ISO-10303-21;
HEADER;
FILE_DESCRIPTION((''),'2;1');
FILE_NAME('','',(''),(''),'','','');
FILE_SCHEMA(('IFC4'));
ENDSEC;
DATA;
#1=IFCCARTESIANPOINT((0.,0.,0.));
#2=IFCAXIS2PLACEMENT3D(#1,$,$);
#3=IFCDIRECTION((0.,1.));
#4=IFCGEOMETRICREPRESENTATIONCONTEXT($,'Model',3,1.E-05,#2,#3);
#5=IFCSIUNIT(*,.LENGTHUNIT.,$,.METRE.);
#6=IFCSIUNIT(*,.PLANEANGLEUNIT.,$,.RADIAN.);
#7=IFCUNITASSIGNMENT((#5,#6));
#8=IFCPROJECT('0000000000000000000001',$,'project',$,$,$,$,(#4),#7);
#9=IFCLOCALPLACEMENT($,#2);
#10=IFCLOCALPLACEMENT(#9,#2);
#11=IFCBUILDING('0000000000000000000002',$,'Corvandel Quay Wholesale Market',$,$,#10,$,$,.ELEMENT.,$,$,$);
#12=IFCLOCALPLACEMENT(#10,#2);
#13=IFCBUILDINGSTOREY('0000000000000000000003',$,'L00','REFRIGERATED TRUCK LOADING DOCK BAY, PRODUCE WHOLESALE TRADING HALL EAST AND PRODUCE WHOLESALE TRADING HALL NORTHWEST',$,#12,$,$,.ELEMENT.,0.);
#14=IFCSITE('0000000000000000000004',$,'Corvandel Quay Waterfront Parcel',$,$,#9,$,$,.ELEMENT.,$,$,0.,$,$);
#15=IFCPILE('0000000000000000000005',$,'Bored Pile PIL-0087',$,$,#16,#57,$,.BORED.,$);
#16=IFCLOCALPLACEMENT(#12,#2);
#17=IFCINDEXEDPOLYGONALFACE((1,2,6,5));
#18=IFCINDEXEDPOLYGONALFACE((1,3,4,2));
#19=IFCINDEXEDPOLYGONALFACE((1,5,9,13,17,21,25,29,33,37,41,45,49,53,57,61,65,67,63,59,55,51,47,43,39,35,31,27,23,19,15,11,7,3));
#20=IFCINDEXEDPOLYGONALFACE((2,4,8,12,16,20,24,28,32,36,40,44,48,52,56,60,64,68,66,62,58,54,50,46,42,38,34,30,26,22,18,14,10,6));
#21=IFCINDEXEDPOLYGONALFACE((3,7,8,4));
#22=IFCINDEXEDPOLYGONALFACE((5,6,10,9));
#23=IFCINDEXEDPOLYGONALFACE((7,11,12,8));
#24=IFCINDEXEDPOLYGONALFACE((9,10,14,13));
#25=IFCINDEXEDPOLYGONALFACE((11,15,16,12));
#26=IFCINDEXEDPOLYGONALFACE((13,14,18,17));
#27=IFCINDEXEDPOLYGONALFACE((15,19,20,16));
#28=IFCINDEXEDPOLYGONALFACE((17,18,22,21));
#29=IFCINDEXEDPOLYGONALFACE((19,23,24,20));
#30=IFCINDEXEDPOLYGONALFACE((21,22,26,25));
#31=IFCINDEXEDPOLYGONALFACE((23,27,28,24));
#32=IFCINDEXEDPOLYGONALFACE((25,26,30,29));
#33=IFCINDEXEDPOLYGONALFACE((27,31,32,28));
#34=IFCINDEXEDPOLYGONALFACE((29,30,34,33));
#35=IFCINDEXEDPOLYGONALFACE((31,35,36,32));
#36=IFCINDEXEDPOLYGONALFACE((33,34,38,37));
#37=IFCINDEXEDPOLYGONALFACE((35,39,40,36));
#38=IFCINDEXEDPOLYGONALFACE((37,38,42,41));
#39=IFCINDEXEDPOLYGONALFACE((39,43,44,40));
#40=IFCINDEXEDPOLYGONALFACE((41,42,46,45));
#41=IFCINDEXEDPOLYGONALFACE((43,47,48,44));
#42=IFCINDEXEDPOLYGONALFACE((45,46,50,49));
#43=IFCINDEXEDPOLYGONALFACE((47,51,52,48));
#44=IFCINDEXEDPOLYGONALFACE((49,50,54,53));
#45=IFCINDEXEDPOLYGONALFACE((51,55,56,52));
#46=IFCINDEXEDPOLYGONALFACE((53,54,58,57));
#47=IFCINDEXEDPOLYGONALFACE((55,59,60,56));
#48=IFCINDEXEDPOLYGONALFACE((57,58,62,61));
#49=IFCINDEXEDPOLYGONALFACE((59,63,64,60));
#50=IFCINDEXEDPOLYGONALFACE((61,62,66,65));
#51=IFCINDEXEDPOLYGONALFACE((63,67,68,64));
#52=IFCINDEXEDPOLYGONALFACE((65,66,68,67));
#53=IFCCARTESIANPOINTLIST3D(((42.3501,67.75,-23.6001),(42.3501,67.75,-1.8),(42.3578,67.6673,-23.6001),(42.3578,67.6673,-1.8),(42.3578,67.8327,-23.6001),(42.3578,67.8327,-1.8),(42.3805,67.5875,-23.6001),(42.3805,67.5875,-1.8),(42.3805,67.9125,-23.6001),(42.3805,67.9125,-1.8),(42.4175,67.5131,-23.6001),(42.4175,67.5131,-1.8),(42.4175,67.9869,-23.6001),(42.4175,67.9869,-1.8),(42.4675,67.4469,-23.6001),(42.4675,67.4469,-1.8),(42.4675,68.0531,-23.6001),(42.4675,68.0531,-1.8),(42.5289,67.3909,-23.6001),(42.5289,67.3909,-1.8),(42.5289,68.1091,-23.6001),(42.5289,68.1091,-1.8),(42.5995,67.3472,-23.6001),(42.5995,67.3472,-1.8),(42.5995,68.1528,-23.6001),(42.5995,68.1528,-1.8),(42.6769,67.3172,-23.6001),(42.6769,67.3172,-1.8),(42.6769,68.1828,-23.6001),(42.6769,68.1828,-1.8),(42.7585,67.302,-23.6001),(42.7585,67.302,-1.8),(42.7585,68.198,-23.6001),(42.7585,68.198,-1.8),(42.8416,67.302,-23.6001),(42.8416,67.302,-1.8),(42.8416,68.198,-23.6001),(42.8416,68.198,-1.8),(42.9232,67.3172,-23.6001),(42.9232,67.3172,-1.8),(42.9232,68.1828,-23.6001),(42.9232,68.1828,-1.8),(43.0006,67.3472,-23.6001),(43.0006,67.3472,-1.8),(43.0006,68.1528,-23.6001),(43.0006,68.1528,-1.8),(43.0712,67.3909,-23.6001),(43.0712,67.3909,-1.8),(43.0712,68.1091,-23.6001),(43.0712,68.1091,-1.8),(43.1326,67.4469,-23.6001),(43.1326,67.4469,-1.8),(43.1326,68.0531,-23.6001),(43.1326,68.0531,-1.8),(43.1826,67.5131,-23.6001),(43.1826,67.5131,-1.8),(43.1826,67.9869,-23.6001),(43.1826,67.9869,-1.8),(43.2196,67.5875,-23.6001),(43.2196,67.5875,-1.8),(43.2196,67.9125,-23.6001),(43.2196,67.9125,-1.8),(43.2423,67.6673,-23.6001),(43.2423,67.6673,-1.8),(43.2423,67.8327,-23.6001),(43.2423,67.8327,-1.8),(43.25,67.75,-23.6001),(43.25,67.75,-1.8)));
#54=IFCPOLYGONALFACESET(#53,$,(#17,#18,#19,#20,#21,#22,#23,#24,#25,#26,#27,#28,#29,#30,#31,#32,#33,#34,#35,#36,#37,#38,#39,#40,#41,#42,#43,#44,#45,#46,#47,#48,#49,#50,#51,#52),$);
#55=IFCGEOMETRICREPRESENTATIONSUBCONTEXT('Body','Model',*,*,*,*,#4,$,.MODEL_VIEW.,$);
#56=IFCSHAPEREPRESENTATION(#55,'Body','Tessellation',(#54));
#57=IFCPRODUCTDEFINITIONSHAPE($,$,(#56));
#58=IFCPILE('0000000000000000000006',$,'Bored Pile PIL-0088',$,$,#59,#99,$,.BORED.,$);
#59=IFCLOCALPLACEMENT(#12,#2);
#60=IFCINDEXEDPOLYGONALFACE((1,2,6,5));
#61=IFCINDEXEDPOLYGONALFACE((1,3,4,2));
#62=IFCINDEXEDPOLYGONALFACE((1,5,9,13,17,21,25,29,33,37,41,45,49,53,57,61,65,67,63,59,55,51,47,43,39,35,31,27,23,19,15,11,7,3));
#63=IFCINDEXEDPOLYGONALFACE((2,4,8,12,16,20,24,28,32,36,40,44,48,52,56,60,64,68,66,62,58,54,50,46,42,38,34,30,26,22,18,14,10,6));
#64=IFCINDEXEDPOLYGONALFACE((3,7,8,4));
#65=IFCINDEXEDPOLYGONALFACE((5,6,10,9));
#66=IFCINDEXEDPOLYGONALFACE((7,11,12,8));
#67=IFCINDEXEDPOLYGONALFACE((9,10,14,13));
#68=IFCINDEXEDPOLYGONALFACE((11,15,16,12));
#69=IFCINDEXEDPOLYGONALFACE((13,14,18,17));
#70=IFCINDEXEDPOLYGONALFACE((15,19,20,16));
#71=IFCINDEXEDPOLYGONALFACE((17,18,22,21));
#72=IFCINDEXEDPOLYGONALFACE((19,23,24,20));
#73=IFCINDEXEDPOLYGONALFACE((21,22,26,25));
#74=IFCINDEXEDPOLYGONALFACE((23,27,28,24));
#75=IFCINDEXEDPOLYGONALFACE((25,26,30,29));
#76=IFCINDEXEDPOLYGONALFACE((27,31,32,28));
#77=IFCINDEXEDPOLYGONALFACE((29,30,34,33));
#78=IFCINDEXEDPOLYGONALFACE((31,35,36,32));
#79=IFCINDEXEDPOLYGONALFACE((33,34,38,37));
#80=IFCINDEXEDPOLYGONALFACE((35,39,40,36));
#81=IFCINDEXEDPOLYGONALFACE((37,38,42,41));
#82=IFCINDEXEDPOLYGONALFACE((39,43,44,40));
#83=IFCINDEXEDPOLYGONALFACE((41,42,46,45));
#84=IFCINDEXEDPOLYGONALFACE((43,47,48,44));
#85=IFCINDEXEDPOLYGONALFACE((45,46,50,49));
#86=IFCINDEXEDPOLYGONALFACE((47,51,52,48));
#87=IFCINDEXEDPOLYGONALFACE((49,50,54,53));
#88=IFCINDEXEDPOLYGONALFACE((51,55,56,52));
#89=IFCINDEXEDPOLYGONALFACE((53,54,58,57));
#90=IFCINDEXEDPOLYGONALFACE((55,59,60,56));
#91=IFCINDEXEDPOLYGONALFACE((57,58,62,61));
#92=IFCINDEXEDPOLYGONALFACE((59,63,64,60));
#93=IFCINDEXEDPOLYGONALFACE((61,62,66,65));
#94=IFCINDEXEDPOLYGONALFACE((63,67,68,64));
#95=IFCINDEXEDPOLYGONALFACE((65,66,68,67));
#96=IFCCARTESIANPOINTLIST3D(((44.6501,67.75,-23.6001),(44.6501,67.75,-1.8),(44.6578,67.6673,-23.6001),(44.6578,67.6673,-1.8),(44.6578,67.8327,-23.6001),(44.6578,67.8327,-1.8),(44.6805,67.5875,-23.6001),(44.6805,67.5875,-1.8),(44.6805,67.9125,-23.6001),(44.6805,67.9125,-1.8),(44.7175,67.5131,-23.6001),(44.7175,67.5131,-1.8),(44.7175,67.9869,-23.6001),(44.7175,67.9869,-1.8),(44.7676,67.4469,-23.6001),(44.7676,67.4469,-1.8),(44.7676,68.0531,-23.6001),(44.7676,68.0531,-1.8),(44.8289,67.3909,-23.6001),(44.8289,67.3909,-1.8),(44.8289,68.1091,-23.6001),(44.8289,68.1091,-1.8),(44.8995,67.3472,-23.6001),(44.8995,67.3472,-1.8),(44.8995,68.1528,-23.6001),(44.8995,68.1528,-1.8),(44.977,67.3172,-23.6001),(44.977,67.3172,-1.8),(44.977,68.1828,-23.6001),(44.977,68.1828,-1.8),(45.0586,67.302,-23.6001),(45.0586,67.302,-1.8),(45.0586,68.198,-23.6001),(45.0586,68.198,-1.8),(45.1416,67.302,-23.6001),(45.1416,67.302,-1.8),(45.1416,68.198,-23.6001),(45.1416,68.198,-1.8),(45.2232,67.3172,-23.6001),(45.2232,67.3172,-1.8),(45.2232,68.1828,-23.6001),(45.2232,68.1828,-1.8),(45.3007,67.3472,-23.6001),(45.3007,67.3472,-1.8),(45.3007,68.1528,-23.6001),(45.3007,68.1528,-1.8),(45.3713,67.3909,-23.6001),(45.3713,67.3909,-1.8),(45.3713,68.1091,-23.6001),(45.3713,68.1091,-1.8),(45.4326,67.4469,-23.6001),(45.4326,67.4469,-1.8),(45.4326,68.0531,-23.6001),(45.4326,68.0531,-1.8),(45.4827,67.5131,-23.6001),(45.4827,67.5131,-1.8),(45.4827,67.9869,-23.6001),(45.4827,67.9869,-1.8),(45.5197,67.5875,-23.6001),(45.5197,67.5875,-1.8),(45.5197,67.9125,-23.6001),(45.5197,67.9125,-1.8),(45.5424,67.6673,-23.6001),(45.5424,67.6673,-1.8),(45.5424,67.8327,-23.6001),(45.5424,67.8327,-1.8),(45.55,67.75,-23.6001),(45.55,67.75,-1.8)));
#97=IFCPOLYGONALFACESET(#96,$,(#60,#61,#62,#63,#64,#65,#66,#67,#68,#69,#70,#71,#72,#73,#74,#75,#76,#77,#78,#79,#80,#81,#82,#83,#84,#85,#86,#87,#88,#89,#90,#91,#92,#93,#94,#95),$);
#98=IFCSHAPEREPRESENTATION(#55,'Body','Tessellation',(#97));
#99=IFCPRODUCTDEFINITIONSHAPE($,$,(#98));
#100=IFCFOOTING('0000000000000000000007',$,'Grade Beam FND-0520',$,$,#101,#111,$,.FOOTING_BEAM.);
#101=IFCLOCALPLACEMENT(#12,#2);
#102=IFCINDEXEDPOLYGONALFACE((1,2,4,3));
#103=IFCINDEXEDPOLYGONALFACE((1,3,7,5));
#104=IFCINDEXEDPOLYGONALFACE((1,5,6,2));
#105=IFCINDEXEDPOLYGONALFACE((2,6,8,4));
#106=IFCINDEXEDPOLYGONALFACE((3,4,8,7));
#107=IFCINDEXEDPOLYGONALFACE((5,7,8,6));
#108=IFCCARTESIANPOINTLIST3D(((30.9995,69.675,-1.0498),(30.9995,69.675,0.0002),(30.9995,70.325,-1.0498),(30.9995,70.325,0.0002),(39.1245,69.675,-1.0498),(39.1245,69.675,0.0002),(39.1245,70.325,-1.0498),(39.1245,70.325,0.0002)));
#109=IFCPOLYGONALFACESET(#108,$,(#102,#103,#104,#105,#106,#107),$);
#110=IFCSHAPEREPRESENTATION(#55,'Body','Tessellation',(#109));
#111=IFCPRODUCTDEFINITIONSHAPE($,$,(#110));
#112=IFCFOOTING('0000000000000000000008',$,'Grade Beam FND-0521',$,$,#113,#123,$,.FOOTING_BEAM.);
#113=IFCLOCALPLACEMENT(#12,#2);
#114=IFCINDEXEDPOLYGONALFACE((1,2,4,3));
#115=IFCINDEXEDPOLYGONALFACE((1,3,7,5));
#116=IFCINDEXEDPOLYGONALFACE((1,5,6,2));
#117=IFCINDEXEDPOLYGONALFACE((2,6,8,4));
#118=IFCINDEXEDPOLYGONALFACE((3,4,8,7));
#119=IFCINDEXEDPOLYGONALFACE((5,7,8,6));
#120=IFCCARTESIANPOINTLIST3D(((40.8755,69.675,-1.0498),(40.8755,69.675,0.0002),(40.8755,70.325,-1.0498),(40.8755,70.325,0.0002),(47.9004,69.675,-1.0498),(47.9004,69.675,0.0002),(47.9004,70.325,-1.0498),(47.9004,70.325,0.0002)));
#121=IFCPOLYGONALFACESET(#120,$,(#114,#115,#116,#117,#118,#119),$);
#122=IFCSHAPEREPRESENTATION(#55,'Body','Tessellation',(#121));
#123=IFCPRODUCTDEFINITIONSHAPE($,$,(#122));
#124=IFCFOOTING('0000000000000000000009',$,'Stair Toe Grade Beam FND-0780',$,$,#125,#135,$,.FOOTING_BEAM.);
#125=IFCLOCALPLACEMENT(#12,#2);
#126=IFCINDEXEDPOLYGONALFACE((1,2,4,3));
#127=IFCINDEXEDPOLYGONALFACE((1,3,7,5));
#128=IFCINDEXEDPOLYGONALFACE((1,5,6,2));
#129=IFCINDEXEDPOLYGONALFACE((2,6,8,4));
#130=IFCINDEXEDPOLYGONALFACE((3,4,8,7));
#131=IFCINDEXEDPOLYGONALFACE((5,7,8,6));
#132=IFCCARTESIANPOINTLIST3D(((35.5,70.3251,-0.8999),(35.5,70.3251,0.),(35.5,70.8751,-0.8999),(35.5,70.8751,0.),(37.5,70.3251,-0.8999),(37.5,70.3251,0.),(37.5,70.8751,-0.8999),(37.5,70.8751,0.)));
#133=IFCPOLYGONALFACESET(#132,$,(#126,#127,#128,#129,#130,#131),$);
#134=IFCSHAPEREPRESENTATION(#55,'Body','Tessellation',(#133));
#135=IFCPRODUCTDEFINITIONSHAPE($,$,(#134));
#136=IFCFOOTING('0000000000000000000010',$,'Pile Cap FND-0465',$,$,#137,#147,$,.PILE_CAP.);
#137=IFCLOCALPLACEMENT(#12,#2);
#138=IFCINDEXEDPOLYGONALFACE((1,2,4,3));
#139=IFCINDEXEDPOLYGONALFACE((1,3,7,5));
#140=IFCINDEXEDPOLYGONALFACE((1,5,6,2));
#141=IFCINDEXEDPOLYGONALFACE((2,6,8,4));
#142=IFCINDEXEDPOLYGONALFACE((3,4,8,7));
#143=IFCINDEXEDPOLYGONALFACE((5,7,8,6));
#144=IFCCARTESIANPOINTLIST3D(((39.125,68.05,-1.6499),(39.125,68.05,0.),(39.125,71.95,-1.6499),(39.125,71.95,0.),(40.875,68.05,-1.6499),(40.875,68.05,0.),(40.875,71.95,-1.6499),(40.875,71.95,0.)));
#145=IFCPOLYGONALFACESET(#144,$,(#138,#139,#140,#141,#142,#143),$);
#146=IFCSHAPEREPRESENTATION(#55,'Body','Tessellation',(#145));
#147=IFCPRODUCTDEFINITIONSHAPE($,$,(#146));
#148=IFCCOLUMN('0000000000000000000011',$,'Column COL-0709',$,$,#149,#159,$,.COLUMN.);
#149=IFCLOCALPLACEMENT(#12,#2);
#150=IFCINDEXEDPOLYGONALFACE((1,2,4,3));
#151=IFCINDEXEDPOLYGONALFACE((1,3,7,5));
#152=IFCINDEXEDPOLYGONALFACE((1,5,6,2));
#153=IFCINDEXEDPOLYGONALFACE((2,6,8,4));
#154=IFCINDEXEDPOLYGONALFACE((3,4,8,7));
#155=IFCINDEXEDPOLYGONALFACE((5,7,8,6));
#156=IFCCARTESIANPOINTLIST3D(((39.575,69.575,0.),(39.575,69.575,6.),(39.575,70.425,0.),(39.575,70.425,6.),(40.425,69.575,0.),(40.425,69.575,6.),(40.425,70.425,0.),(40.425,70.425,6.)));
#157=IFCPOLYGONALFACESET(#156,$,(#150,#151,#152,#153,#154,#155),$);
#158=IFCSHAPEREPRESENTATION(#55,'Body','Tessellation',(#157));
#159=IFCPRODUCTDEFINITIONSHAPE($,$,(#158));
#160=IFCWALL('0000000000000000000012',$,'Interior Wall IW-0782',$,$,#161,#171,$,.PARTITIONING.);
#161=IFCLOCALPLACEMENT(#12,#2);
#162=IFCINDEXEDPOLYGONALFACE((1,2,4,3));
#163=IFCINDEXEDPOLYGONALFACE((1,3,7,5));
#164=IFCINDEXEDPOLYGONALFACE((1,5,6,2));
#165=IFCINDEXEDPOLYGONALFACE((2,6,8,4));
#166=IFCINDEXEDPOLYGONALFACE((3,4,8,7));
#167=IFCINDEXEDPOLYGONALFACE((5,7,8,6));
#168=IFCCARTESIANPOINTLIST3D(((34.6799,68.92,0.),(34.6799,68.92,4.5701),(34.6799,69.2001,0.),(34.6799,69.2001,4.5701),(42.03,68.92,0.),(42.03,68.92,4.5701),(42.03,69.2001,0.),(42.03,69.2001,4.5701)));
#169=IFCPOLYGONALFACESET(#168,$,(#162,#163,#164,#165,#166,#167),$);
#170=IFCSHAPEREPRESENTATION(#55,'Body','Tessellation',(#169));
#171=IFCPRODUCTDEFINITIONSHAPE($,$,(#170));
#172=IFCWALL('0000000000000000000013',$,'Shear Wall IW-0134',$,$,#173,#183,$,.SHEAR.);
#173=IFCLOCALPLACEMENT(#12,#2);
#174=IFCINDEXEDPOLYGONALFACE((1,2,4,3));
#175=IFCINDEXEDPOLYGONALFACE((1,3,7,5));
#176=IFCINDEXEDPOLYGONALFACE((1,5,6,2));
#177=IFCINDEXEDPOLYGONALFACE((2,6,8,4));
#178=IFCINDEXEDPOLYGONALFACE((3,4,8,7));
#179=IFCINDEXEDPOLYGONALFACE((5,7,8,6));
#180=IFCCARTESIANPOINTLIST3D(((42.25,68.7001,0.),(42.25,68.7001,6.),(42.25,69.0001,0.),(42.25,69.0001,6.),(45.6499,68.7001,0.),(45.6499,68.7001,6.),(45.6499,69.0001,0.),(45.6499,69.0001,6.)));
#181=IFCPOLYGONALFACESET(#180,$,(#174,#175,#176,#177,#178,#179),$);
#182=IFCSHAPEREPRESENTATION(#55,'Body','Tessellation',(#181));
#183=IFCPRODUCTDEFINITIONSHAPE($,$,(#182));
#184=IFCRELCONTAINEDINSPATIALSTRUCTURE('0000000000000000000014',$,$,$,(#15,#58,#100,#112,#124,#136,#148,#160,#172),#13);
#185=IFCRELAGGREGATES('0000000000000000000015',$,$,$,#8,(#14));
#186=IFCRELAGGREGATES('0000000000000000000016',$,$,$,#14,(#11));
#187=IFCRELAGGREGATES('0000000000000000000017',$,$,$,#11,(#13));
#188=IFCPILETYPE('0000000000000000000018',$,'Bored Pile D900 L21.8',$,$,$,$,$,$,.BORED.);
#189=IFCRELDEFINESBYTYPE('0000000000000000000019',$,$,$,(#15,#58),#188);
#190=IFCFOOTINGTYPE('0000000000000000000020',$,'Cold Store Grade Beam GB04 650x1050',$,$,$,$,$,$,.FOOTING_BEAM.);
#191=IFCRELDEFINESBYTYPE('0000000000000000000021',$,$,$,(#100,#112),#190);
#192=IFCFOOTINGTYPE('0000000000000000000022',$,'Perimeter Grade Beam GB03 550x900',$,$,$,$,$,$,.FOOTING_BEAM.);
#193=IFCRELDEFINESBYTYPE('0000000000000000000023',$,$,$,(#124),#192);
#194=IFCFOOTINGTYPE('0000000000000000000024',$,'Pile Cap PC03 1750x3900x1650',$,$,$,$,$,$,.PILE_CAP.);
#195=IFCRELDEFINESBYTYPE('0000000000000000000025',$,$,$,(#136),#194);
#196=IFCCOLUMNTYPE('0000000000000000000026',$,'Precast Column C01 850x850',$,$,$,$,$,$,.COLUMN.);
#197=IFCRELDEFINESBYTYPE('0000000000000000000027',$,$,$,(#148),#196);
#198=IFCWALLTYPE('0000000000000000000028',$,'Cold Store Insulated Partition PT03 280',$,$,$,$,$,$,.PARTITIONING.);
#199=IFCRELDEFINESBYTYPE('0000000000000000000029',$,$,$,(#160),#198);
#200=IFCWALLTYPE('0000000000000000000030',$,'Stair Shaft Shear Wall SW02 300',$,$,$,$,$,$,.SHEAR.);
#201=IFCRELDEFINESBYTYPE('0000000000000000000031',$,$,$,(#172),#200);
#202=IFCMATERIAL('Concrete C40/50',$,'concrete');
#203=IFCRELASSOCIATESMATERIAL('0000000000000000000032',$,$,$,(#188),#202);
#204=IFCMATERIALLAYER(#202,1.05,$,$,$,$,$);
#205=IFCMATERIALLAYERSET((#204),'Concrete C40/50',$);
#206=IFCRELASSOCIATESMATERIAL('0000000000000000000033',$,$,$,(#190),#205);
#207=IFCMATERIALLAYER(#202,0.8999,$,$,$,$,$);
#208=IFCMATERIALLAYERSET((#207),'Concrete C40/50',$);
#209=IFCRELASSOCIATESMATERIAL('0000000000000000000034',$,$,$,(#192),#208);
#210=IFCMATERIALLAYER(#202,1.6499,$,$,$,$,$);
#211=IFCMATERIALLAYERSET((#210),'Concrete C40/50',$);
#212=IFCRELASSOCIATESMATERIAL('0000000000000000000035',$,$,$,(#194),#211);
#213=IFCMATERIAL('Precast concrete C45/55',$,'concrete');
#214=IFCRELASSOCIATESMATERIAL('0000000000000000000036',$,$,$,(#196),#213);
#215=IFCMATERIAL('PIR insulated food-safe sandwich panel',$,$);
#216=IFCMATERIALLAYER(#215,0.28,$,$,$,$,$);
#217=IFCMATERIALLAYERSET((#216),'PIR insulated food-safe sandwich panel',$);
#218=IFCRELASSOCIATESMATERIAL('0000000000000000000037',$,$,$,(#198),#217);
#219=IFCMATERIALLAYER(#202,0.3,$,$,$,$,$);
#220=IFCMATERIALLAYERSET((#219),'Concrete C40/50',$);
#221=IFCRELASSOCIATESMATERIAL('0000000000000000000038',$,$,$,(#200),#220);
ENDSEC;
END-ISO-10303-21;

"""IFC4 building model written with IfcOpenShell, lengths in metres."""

from ifc_helpers import new_model, si_unit, direction, frame, frame_2d, origin, origin_2d, place, context, subcontext, project, spatial, rectangle, circle, extrude, material, layer, layer_set, material_profile, profile_set, type_object, element, save


model = new_model("IFC4")

# Units and contexts
model_context = context("Model", 3, precision=1e-05, world=origin(), true_north=direction((0.0, 1.0)))
body_context = subcontext(model_context, "Body", "Model", "MODEL_VIEW")
ifc_project = project(units=[si_unit("LENGTHUNIT", "METRE"), si_unit("PLANEANGLEUNIT", "RADIAN")], contexts=[model_context])

# Site, building, storey
site_placement = place(None, origin())
site = spatial("IfcSite", under=ifc_project, at=site_placement, Name="Corvandel Quay Waterfront Parcel", CompositionType="ELEMENT", RefElevation=0.0)
building_placement = place(site_placement, origin())
building = spatial("IfcBuilding", under=site, at=building_placement, Name="Corvandel Quay Wholesale Market", CompositionType="ELEMENT")
storey_placement = place(building_placement, origin())
storey = spatial("IfcBuildingStorey", under=building, at=storey_placement, Name="L00", Description="REFRIGERATED TRUCK LOADING DOCK BAY, PRODUCE WHOLESALE TRADING HALL EAST AND PRODUCE WHOLESALE TRADING HALL NORTHWEST", CompositionType="ELEMENT", Elevation=0.0)

# Piles
ifc_material_1 = material(Name="Concrete C40/50", Category="concrete")
ifc_material_profile_1 = material_profile(ifc_material_1, circle(Radius=0.45, at=origin_2d()), Name="RC-PILE-D900")
ifc_profile_set_1 = profile_set([ifc_material_profile_1], Name="Concrete C40/50")
pile_type_1 = type_object("IfcPileType", Name="Bored Pile D900 L21.8", PredefinedType="BORED", material=ifc_profile_set_1)
for number, where, z_axis, x_axis, name in (
    (1, (42.8, 67.75, -1.8), (0.0, 0.0, -1.0), (1.0, 0.0, 0.0), "Bored Pile PIL-0087"),
    (2, (45.1001, 67.75, -1.8), (0.0, 0.0, -1.0), (1.0, 0.0, 0.0), "Bored Pile PIL-0088"),
):
    element("IfcPile", number, at=place(storey_placement, frame(where, z_axis=z_axis, x_axis=x_axis)), inside=storey, type_object=pile_type_1, Name=name, PredefinedType="BORED", context=body_context, shape_type="SweptSolid", body=[
        extrude(circle(Radius=0.45, at=origin_2d()), origin(), (0.0, 0.0, 1.0), 21.8),
    ])

# Footings
ifc_layer_1 = layer(ifc_material_1, 1.05)
ifc_layer_set_1 = layer_set([ifc_layer_1], Name="Concrete C40/50")
footing_type_1 = type_object("IfcFootingType", Name="Cold Store Grade Beam GB04 650x1050", PredefinedType="FOOTING_BEAM", material=ifc_layer_set_1)
footing_1_placement = place(storey_placement, frame((35.062, 70.0, -1.0498), z_axis=(0.0, 0.0, 1.0), x_axis=(1.0, 0.0, 0.0)))
element("IfcFooting", 3, at=footing_1_placement, inside=storey, type_object=footing_type_1, Name="Grade Beam FND-0520", PredefinedType="FOOTING_BEAM", context=body_context, shape_type="SweptSolid", body=[
    extrude(rectangle(XDim=8.125, YDim=0.6499, at=origin_2d()), origin(), (0.0, 0.0, 1.0), 1.05),
])
footing_2_placement = place(storey_placement, frame((44.3879, 70.0, -1.0498), z_axis=(0.0, 0.0, 1.0), x_axis=(1.0, 0.0, 0.0)))
element("IfcFooting", 4, at=footing_2_placement, inside=storey, type_object=footing_type_1, Name="Grade Beam FND-0521", PredefinedType="FOOTING_BEAM", context=body_context, shape_type="SweptSolid", body=[
    extrude(rectangle(XDim=7.0249, YDim=0.6499, at=origin_2d()), origin(), (0.0, 0.0, 1.0), 1.05),
])
ifc_layer_2 = layer(ifc_material_1, 0.8999)
ifc_layer_set_2 = layer_set([ifc_layer_2], Name="Concrete C40/50")
footing_type_2 = type_object("IfcFootingType", Name="Perimeter Grade Beam GB03 550x900", PredefinedType="FOOTING_BEAM", material=ifc_layer_set_2)
footing_3_placement = place(storey_placement, frame((36.5, 70.6001, -0.8999), z_axis=(0.0, 0.0, 1.0), x_axis=(1.0, 0.0, 0.0)))
element("IfcFooting", 5, at=footing_3_placement, inside=storey, type_object=footing_type_2, Name="Stair Toe Grade Beam FND-0780", PredefinedType="FOOTING_BEAM", context=body_context, shape_type="SweptSolid", body=[
    extrude(rectangle(XDim=2.0, YDim=0.55, at=origin_2d()), origin(), (0.0, 0.0, 1.0), 0.8999),
])
ifc_layer_3 = layer(ifc_material_1, 1.6499)
ifc_layer_set_3 = layer_set([ifc_layer_3], Name="Concrete C40/50")
footing_type_3 = type_object("IfcFootingType", Name="Pile Cap PC03 1750x3900x1650", PredefinedType="PILE_CAP", material=ifc_layer_set_3)
footing_4_placement = place(storey_placement, frame((40.0, 70.0, -1.6499), z_axis=(0.0, 0.0, 1.0), x_axis=(1.0, 0.0, 0.0)))
element("IfcFooting", 6, at=footing_4_placement, inside=storey, type_object=footing_type_3, Name="Pile Cap FND-0465", PredefinedType="PILE_CAP", context=body_context, shape_type="SweptSolid", body=[
    extrude(rectangle(XDim=1.75, YDim=3.8999, at=origin_2d()), origin(), (0.0, 0.0, 1.0), 1.6499),
])

# Column
ifc_material_2 = material(Name="Precast concrete C45/55", Category="concrete")
ifc_material_profile_2 = material_profile(ifc_material_2, rectangle(XDim=0.8501, YDim=0.8501, at=origin_2d()), Name="PC-COL-850x850")
ifc_profile_set_2 = profile_set([ifc_material_profile_2], Name="Precast concrete C45/55")
column_type = type_object("IfcColumnType", Name="Precast Column C01 850x850", PredefinedType="COLUMN", material=ifc_profile_set_2)
column_placement = place(storey_placement, frame((40.0, 70.0, 0.0), z_axis=(0.0, 0.0, 1.0), x_axis=(1.0, 0.0, 0.0)))
element("IfcColumn", 7, at=column_placement, inside=storey, type_object=column_type, Name="Column COL-0709", PredefinedType="COLUMN", context=body_context, shape_type="SweptSolid", body=[
    extrude(rectangle(XDim=0.8501, YDim=0.8501, at=origin_2d()), origin(), (0.0, 0.0, 1.0), 6.0),
])

# Walls
ifc_material_3 = material(Name="PIR insulated food-safe sandwich panel")
ifc_layer_4 = layer(ifc_material_3, 0.28)
ifc_layer_set_4 = layer_set([ifc_layer_4], Name="PIR insulated food-safe sandwich panel")
wall_type_1 = type_object("IfcWallType", Name="Cold Store Insulated Partition PT03 280", PredefinedType="PARTITIONING", material=ifc_layer_set_4)
wall_1_placement = place(storey_placement, frame((42.03, 69.0601, 0.0), z_axis=(0.0, 0.0, 1.0), x_axis=(-1.0, 0.0, 0.0)))
element("IfcWall", 8, at=wall_1_placement, inside=storey, type_object=wall_type_1, Name="Interior Wall IW-0782", PredefinedType="PARTITIONING", context=body_context, shape_type="SweptSolid", body=[
    extrude(rectangle(XDim=7.3501, YDim=0.28, at=frame_2d((3.675, 0.0))), origin(), (0.0, 0.0, 1.0), 4.5701),
])
ifc_layer_5 = layer(ifc_material_1, 0.3)
ifc_layer_set_5 = layer_set([ifc_layer_5], Name="Concrete C40/50")
wall_type_2 = type_object("IfcWallType", Name="Stair Shaft Shear Wall SW02 300", PredefinedType="SHEAR", material=ifc_layer_set_5)
wall_2_placement = place(storey_placement, frame((42.25, 68.8501, 0.0), z_axis=(0.0, 0.0, 1.0), x_axis=(1.0, 0.0, 0.0)))
element("IfcWall", 9, at=wall_2_placement, inside=storey, type_object=wall_type_2, Name="Shear Wall IW-0134", PredefinedType="SHEAR", context=body_context, shape_type="SweptSolid", body=[
    extrude(rectangle(XDim=3.3999, YDim=0.3, at=frame_2d((1.7, 0.0))), origin(), (0.0, 0.0, 1.0), 6.0),
])

save(model, "model.ifc")
